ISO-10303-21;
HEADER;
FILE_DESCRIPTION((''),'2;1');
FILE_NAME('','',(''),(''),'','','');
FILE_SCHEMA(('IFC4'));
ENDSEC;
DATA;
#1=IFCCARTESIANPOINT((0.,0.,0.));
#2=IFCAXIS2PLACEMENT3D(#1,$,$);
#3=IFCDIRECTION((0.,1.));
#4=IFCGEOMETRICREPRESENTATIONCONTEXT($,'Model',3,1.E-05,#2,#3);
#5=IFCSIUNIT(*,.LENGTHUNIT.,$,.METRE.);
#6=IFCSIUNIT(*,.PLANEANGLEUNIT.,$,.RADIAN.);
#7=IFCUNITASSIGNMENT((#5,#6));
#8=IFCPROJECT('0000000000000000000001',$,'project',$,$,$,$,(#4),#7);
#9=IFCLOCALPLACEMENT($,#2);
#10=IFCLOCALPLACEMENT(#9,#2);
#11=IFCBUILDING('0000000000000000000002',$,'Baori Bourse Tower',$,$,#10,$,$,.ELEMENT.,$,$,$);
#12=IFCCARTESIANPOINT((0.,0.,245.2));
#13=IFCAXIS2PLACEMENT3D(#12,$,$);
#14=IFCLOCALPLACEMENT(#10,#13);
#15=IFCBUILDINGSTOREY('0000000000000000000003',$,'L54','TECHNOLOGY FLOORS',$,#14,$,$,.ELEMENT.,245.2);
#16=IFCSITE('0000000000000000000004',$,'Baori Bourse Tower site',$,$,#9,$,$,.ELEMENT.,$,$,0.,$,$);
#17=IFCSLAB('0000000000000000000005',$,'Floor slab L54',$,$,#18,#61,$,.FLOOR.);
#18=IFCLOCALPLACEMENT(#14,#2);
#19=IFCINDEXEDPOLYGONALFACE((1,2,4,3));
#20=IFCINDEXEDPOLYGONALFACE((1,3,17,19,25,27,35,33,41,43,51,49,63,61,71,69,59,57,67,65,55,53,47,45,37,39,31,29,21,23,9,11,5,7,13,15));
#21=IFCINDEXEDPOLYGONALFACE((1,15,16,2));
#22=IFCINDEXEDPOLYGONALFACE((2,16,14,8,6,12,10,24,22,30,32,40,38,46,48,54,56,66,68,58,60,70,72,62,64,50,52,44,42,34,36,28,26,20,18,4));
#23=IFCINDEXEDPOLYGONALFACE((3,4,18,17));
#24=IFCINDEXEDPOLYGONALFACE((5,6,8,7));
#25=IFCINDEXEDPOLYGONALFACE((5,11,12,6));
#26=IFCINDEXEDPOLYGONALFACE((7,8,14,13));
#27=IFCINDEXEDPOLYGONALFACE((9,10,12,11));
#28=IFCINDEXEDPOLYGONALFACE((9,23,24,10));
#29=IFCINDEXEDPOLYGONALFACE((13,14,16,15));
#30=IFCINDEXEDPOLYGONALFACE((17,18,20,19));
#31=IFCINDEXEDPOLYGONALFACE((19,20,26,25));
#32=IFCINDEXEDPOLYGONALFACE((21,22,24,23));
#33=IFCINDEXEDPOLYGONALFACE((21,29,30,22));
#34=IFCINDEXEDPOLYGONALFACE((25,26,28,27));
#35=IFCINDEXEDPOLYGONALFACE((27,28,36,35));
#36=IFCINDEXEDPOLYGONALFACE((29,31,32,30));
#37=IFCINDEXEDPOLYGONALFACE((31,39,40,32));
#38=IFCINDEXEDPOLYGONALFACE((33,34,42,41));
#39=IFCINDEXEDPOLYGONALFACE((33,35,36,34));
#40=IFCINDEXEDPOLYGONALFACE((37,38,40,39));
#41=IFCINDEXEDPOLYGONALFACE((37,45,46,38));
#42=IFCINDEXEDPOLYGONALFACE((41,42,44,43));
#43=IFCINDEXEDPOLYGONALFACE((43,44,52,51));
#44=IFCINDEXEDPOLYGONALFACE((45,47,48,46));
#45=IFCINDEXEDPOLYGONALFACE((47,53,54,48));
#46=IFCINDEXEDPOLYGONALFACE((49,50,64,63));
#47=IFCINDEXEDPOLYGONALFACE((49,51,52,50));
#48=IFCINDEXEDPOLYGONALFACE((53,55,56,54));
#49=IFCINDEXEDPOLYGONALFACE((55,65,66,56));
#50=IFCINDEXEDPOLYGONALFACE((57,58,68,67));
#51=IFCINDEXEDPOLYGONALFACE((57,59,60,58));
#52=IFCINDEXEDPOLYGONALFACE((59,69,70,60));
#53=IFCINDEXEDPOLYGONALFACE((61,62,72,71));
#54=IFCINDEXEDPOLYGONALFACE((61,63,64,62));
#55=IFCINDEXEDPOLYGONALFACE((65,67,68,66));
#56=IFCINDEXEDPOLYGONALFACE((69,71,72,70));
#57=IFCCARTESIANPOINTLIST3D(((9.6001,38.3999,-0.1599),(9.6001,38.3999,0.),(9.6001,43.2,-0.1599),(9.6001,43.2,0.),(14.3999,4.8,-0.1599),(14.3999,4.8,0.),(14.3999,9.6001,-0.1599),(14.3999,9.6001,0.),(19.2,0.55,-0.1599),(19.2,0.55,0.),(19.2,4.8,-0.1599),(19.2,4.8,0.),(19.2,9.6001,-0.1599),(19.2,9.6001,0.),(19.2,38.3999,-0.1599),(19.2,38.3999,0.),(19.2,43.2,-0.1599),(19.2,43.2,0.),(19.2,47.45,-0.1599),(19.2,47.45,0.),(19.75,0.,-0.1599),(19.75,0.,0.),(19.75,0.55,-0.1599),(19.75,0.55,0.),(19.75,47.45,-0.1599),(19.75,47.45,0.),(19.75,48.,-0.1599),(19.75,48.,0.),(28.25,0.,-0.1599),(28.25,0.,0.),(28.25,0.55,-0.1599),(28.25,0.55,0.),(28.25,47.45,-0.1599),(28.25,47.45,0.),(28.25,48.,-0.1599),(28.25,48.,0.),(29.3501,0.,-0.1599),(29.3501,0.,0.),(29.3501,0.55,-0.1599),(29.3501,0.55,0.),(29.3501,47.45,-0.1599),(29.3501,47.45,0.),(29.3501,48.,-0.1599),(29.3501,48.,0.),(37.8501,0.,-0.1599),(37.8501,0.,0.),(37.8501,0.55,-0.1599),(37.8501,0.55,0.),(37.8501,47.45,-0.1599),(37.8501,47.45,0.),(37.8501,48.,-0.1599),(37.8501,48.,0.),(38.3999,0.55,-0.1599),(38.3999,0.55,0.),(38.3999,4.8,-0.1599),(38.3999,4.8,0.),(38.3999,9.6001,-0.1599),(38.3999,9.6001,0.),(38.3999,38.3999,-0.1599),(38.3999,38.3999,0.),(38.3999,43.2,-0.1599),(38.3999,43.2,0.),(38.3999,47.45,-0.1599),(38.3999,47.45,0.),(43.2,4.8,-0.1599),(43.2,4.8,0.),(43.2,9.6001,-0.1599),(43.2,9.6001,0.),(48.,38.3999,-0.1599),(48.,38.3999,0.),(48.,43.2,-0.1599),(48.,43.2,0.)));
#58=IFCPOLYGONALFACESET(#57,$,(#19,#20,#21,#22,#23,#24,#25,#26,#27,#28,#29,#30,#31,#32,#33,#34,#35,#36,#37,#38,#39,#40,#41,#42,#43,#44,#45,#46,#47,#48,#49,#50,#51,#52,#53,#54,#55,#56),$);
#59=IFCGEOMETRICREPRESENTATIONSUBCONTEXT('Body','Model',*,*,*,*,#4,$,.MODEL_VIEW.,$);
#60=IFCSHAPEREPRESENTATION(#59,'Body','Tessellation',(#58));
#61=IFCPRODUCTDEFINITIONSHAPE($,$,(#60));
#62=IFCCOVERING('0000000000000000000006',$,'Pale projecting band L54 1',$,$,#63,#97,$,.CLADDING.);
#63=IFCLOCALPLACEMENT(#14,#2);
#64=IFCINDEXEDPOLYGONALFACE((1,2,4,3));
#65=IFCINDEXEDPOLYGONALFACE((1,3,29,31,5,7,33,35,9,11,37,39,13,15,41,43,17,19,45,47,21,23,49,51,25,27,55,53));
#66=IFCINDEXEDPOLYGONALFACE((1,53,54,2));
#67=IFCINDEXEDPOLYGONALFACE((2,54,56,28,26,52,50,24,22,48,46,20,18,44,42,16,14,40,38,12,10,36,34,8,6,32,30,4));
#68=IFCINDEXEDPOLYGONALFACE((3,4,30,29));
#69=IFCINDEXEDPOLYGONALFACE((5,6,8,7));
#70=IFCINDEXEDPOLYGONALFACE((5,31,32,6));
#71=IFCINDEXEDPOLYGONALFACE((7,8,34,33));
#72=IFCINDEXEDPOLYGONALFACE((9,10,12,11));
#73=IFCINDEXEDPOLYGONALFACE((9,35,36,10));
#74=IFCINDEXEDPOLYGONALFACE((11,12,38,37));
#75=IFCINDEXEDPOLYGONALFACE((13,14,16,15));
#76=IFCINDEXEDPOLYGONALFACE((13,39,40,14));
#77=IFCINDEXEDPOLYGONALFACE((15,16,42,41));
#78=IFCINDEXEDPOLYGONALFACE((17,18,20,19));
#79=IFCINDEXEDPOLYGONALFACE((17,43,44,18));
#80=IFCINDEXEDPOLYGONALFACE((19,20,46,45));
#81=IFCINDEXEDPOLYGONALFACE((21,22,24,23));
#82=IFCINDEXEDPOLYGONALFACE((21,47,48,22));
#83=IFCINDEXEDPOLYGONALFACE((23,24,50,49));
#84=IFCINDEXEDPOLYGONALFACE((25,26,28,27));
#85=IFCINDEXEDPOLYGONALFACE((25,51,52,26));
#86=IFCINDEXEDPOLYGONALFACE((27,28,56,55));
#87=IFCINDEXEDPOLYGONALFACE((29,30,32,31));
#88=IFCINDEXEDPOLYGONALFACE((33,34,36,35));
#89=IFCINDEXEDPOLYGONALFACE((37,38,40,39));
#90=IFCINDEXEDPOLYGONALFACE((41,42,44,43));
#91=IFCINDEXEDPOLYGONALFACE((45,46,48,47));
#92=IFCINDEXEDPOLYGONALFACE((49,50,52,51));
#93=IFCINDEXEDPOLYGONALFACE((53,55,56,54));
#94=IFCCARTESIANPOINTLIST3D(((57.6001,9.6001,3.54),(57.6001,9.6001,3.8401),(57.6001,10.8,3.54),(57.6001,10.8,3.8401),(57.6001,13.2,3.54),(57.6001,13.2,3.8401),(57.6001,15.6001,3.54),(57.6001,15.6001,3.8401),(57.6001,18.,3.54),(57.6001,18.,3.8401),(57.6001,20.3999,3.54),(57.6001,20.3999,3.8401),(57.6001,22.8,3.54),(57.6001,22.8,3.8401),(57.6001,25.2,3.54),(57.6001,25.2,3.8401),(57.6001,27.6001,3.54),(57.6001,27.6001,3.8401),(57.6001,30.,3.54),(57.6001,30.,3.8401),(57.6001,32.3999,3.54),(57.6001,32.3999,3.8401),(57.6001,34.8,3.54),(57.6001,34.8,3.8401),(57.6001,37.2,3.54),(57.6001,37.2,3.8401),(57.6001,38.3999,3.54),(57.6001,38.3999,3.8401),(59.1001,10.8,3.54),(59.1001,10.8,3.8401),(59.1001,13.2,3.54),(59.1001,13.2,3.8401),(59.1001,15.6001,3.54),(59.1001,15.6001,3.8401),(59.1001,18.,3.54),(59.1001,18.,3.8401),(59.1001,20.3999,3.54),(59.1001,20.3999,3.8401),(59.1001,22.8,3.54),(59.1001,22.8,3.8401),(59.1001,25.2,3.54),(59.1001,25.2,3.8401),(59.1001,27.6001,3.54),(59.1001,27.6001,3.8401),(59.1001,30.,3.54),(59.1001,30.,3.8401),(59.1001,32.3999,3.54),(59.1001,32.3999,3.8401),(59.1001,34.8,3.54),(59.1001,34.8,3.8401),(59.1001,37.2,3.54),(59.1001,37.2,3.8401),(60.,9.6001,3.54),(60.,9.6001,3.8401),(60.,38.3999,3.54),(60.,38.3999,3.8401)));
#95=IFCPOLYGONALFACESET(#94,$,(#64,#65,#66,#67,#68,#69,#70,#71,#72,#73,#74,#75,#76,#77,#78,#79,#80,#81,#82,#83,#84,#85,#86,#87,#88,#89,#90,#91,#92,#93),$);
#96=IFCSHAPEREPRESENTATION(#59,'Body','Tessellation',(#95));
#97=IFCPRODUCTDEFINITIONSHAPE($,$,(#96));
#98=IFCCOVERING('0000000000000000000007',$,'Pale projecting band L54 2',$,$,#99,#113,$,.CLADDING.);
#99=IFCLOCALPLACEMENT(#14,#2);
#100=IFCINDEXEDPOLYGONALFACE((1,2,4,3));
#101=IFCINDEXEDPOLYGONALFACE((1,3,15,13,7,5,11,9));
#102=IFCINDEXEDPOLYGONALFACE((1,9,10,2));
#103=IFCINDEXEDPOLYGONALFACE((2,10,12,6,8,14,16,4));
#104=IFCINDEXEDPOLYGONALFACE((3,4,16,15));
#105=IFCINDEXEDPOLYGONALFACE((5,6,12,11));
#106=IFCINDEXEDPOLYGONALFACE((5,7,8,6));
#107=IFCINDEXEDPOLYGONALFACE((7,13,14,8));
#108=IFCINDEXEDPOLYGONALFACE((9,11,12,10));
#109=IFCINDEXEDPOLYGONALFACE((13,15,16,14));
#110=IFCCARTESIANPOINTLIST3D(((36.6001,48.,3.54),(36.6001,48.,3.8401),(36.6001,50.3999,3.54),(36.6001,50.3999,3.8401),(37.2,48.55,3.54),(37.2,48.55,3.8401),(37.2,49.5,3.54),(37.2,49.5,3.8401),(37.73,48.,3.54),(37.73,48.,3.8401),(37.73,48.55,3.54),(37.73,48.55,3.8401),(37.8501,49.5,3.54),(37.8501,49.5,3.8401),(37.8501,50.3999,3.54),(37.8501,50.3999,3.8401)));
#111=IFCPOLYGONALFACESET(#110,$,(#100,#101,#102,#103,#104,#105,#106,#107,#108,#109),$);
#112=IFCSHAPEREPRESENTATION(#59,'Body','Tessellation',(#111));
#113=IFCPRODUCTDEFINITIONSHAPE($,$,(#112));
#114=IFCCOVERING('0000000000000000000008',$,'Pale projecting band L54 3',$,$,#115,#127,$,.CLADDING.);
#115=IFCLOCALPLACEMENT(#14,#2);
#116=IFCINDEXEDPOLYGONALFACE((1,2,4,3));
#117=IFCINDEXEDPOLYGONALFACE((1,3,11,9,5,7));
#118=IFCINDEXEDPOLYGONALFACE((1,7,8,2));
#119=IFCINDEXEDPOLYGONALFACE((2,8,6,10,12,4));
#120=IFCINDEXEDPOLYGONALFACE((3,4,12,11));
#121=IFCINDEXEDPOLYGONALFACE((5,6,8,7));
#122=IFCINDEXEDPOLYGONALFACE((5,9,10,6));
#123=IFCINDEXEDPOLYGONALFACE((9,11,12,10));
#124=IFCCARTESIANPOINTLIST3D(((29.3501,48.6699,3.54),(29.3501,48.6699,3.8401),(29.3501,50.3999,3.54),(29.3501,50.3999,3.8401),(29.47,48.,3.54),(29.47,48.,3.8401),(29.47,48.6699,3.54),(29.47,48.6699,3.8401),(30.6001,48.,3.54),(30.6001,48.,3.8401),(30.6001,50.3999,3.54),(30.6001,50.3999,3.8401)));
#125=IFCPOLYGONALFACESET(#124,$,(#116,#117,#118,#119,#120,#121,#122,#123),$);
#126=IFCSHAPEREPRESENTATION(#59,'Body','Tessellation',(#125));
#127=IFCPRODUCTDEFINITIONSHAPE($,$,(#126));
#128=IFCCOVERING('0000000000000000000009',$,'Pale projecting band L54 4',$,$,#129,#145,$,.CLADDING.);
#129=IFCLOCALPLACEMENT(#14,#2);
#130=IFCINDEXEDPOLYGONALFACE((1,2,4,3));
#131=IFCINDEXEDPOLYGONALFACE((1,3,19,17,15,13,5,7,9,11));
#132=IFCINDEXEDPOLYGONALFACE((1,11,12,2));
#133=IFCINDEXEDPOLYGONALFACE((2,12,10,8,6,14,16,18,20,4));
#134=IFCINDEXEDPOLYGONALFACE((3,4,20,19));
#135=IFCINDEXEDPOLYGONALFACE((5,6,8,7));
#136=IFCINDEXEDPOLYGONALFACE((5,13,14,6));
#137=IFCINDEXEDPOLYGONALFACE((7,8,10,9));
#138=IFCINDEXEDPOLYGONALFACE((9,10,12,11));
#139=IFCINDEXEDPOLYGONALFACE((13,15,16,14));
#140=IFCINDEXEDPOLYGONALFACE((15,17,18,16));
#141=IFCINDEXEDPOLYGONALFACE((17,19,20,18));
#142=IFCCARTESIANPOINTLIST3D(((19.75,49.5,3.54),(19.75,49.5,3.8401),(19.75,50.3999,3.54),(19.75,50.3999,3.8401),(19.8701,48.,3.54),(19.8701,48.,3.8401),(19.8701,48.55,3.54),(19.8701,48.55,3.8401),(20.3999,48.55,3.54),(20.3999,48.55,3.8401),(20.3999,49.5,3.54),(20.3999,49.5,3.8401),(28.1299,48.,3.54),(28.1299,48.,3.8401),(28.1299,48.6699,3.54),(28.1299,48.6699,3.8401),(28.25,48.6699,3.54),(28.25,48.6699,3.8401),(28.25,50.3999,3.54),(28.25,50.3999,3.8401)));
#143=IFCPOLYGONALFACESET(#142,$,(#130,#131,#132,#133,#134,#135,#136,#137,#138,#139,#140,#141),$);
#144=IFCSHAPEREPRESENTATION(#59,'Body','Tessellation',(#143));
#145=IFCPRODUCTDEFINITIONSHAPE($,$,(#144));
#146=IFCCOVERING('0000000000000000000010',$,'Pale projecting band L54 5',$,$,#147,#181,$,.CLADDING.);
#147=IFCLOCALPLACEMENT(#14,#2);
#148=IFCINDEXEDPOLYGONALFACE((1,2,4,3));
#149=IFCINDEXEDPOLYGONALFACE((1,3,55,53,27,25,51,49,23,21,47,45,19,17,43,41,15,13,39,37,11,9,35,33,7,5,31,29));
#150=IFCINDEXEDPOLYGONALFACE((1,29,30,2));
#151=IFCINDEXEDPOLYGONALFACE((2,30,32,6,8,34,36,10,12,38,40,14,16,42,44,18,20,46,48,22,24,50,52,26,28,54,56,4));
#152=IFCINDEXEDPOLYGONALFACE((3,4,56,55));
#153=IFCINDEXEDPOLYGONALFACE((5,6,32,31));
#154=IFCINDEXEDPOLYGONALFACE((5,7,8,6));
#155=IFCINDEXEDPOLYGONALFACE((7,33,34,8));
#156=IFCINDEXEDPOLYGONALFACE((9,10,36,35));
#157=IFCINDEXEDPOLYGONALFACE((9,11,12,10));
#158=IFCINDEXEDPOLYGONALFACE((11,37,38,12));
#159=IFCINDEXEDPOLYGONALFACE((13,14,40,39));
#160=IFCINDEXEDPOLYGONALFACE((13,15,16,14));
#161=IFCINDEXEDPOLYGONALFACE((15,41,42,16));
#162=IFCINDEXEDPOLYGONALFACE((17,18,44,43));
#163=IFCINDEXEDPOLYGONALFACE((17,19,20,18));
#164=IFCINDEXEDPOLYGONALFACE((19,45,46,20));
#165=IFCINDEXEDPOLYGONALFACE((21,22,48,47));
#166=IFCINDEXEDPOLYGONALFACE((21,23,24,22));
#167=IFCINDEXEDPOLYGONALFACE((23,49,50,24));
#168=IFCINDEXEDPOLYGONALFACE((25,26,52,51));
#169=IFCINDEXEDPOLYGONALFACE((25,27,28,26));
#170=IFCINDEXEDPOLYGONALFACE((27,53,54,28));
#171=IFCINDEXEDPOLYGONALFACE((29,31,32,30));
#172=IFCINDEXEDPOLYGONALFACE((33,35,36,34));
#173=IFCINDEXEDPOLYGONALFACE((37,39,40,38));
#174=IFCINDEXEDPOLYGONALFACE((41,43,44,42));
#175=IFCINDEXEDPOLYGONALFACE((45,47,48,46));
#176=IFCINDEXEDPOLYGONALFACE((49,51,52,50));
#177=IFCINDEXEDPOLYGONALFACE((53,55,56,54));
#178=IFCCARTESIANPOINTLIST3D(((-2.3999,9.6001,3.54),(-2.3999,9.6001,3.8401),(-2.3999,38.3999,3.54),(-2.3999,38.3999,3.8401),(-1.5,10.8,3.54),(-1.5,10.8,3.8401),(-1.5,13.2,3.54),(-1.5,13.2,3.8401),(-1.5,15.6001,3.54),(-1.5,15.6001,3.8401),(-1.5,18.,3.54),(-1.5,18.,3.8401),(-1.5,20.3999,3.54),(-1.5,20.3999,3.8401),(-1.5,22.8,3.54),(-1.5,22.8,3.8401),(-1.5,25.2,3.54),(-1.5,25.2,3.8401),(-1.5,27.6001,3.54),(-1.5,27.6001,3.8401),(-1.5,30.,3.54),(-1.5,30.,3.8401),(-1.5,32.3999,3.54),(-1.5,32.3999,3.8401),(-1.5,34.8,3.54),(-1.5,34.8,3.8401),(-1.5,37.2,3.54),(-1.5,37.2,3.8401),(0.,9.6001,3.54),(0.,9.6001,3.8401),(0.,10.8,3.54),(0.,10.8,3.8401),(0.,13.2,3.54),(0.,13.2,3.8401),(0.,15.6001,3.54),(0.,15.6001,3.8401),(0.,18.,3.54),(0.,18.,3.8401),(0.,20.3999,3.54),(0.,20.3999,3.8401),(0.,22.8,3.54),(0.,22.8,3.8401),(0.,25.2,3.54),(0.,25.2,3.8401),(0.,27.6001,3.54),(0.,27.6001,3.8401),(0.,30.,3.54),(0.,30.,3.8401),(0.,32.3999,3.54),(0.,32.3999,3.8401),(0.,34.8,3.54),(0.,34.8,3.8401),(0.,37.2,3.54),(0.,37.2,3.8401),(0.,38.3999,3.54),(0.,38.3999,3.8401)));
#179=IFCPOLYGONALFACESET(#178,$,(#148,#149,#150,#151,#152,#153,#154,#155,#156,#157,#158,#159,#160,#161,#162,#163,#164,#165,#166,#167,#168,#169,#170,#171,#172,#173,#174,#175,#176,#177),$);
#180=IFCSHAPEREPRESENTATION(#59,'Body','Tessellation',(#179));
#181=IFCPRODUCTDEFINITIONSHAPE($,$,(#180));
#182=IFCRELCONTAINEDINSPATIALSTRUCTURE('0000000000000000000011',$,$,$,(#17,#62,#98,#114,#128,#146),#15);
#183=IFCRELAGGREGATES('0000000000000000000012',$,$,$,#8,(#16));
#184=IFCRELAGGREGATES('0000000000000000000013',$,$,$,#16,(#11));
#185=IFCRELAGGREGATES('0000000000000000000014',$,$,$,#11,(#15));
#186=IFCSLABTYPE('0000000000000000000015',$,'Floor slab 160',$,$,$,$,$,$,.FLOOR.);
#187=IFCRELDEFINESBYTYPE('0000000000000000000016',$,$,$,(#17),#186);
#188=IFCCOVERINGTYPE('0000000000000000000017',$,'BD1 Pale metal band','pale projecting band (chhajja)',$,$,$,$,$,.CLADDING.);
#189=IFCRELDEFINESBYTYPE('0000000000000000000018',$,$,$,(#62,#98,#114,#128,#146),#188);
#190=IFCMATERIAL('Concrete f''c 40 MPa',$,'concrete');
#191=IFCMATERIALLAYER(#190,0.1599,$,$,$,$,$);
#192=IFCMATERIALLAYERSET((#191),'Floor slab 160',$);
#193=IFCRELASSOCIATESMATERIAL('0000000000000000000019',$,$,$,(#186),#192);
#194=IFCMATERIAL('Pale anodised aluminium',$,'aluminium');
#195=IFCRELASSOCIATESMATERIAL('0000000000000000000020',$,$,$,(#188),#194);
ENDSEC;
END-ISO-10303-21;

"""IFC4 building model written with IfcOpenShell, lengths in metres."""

from ifc_helpers import new_model, si_unit, direction, frame, origin, place, context, subcontext, project, spatial, polyline, outline, extrude, material, layer, layer_set, type_object, element, save


model = new_model("IFC4")

# Units and contexts
model_context = context("Model", 3, precision=1e-05, world=origin(), true_north=direction((0.0, 1.0)))
body_context = subcontext(model_context, "Body", "Model", "MODEL_VIEW")
ifc_project = project(units=[si_unit("LENGTHUNIT", "METRE"), si_unit("PLANEANGLEUNIT", "RADIAN")], contexts=[model_context])

# Site, building, storey
site_placement = place(None, origin())
site = spatial("IfcSite", under=ifc_project, at=site_placement, Name="Baori Bourse Tower site", CompositionType="ELEMENT", RefElevation=0.0)
building_placement = place(site_placement, origin())
building = spatial("IfcBuilding", under=site, at=building_placement, Name="Baori Bourse Tower", CompositionType="ELEMENT")
storey_placement = place(building_placement, frame((0.0, 0.0, 245.2)))
storey = spatial("IfcBuildingStorey", under=building, at=storey_placement, Name="L54", Description="TECHNOLOGY FLOORS", CompositionType="ELEMENT", Elevation=245.2)

# Slab
ifc_material_1 = material(Name="Concrete f'c 40 MPa", Category="concrete")
ifc_layer_1 = layer(ifc_material_1, 0.1599)
ifc_layer_set_1 = layer_set([ifc_layer_1], Name="Floor slab 160")
slab_type_1 = type_object("IfcSlabType", Name="Floor slab 160", PredefinedType="FLOOR", material=ifc_layer_set_1)
slab_1_placement = place(storey_placement, frame((0.0, 0.0, -0.1599)))
element("IfcSlab", 1, at=slab_1_placement, inside=storey, type_object=slab_type_1, Name="Floor slab L54", PredefinedType="FLOOR", context=body_context, shape_type="SweptSolid", body=[
    extrude(outline(polyline([(19.2, 4.8), (14.3999, 4.8), (14.3999, 9.6001), (19.2, 9.6001), (19.2, 38.3999), (9.6001, 38.3999), (9.6001, 43.2), (19.2, 43.2), (19.2, 47.45), (19.75, 47.45), (19.75, 48.0), (28.25, 48.0), (28.25, 47.45), (29.3501, 47.45), (29.3501, 48.0), (37.8501, 48.0), (37.8501, 47.45), (38.3999, 47.45), (38.3999, 43.2), (48.0, 43.2), (48.0, 38.3999), (38.3999, 38.3999), (38.3999, 9.6001), (43.2, 9.6001), (43.2, 4.8), (38.3999, 4.8), (38.3999, 0.55), (37.8501, 0.55), (37.8501, 0.0), (29.3501, 0.0), (29.3501, 0.55), (28.25, 0.55), (28.25, 0.0), (19.75, 0.0), (19.75, 0.55), (19.2, 0.55), (19.2, 4.8)])), origin(), (0.0, 0.0, 1.0), 0.1599),
])

# Coverings
ifc_material_2 = material(Name="Pale anodised aluminium", Category="aluminium")
covering_type_1 = type_object("IfcCoveringType", Name="BD1 Pale metal band", Description="pale projecting band (chhajja)", PredefinedType="CLADDING", material=ifc_material_2)
covering_1_placement = place(storey_placement, frame((0.0, 0.0, 3.54)))
element("IfcCovering", 2, at=covering_1_placement, inside=storey, type_object=covering_type_1, Name="Pale projecting band L54 1", PredefinedType="CLADDING", context=body_context, shape_type="SweptSolid", body=[
    extrude(outline(polyline([(57.6001, 10.8), (57.6001, 9.6001), (60.0, 9.6001), (60.0, 38.3999), (57.6001, 38.3999), (57.6001, 37.2), (59.1001, 37.2), (59.1001, 34.8), (57.6001, 34.8), (57.6001, 32.3999), (59.1001, 32.3999), (59.1001, 30.0), (57.6001, 30.0), (57.6001, 27.6001), (59.1001, 27.6001), (59.1001, 25.2), (57.6001, 25.2), (57.6001, 22.8), (59.1001, 22.8), (59.1001, 20.3999), (57.6001, 20.3999), (57.6001, 18.0), (59.1001, 18.0), (59.1001, 15.6001), (57.6001, 15.6001), (57.6001, 13.2), (59.1001, 13.2), (59.1001, 10.8), (57.6001, 10.8)])), origin(), (0.0, 0.0, 1.0), 0.3),
])
covering_2_placement = place(storey_placement, frame((0.0, 0.0, 3.54)))
element("IfcCovering", 3, at=covering_2_placement, inside=storey, type_object=covering_type_1, Name="Pale projecting band L54 2", PredefinedType="CLADDING", context=body_context, shape_type="SweptSolid", body=[
    extrude(outline(polyline([(36.6001, 48.0), (37.73, 48.0), (37.73, 48.55), (37.2, 48.55), (37.2, 49.5), (37.8501, 49.5), (37.8501, 50.3999), (36.6001, 50.3999), (36.6001, 48.0)])), origin(), (0.0, 0.0, 1.0), 0.3),
])
covering_3_placement = place(storey_placement, frame((0.0, 0.0, 3.54)))
element("IfcCovering", 4, at=covering_3_placement, inside=storey, type_object=covering_type_1, Name="Pale projecting band L54 3", PredefinedType="CLADDING", context=body_context, shape_type="SweptSolid", body=[
    extrude(outline(polyline([(29.47, 48.0), (30.6001, 48.0), (30.6001, 50.3999), (29.3501, 50.3999), (29.3501, 48.6699), (29.47, 48.6699), (29.47, 48.0)])), origin(), (0.0, 0.0, 1.0), 0.3),
])
covering_4_placement = place(storey_placement, frame((0.0, 0.0, 3.54)))
element("IfcCovering", 5, at=covering_4_placement, inside=storey, type_object=covering_type_1, Name="Pale projecting band L54 4", PredefinedType="CLADDING", context=body_context, shape_type="SweptSolid", body=[
    extrude(outline(polyline([(19.8701, 48.0), (28.1299, 48.0), (28.1299, 48.6699), (28.25, 48.6699), (28.25, 50.3999), (19.75, 50.3999), (19.75, 49.5), (20.3999, 49.5), (20.3999, 48.55), (19.8701, 48.55), (19.8701, 48.0)])), origin(), (0.0, 0.0, 1.0), 0.3),
])
covering_5_placement = place(storey_placement, frame((0.0, 0.0, 3.54)))
element("IfcCovering", 6, at=covering_5_placement, inside=storey, type_object=covering_type_1, Name="Pale projecting band L54 5", PredefinedType="CLADDING", context=body_context, shape_type="SweptSolid", body=[
    extrude(outline(polyline([(0.0, 37.2), (0.0, 38.3999), (-2.3999, 38.3999), (-2.3999, 9.6001), (0.0, 9.6001), (0.0, 10.8), (-1.5, 10.8), (-1.5, 13.2), (0.0, 13.2), (0.0, 15.6001), (-1.5, 15.6001), (-1.5, 18.0), (0.0, 18.0), (0.0, 20.3999), (-1.5, 20.3999), (-1.5, 22.8), (0.0, 22.8), (0.0, 25.2), (-1.5, 25.2), (-1.5, 27.6001), (0.0, 27.6001), (0.0, 30.0), (-1.5, 30.0), (-1.5, 32.3999), (0.0, 32.3999), (0.0, 34.8), (-1.5, 34.8), (-1.5, 37.2), (0.0, 37.2)])), origin(), (0.0, 0.0, 1.0), 0.3),
])

save(model, "model.ifc")
